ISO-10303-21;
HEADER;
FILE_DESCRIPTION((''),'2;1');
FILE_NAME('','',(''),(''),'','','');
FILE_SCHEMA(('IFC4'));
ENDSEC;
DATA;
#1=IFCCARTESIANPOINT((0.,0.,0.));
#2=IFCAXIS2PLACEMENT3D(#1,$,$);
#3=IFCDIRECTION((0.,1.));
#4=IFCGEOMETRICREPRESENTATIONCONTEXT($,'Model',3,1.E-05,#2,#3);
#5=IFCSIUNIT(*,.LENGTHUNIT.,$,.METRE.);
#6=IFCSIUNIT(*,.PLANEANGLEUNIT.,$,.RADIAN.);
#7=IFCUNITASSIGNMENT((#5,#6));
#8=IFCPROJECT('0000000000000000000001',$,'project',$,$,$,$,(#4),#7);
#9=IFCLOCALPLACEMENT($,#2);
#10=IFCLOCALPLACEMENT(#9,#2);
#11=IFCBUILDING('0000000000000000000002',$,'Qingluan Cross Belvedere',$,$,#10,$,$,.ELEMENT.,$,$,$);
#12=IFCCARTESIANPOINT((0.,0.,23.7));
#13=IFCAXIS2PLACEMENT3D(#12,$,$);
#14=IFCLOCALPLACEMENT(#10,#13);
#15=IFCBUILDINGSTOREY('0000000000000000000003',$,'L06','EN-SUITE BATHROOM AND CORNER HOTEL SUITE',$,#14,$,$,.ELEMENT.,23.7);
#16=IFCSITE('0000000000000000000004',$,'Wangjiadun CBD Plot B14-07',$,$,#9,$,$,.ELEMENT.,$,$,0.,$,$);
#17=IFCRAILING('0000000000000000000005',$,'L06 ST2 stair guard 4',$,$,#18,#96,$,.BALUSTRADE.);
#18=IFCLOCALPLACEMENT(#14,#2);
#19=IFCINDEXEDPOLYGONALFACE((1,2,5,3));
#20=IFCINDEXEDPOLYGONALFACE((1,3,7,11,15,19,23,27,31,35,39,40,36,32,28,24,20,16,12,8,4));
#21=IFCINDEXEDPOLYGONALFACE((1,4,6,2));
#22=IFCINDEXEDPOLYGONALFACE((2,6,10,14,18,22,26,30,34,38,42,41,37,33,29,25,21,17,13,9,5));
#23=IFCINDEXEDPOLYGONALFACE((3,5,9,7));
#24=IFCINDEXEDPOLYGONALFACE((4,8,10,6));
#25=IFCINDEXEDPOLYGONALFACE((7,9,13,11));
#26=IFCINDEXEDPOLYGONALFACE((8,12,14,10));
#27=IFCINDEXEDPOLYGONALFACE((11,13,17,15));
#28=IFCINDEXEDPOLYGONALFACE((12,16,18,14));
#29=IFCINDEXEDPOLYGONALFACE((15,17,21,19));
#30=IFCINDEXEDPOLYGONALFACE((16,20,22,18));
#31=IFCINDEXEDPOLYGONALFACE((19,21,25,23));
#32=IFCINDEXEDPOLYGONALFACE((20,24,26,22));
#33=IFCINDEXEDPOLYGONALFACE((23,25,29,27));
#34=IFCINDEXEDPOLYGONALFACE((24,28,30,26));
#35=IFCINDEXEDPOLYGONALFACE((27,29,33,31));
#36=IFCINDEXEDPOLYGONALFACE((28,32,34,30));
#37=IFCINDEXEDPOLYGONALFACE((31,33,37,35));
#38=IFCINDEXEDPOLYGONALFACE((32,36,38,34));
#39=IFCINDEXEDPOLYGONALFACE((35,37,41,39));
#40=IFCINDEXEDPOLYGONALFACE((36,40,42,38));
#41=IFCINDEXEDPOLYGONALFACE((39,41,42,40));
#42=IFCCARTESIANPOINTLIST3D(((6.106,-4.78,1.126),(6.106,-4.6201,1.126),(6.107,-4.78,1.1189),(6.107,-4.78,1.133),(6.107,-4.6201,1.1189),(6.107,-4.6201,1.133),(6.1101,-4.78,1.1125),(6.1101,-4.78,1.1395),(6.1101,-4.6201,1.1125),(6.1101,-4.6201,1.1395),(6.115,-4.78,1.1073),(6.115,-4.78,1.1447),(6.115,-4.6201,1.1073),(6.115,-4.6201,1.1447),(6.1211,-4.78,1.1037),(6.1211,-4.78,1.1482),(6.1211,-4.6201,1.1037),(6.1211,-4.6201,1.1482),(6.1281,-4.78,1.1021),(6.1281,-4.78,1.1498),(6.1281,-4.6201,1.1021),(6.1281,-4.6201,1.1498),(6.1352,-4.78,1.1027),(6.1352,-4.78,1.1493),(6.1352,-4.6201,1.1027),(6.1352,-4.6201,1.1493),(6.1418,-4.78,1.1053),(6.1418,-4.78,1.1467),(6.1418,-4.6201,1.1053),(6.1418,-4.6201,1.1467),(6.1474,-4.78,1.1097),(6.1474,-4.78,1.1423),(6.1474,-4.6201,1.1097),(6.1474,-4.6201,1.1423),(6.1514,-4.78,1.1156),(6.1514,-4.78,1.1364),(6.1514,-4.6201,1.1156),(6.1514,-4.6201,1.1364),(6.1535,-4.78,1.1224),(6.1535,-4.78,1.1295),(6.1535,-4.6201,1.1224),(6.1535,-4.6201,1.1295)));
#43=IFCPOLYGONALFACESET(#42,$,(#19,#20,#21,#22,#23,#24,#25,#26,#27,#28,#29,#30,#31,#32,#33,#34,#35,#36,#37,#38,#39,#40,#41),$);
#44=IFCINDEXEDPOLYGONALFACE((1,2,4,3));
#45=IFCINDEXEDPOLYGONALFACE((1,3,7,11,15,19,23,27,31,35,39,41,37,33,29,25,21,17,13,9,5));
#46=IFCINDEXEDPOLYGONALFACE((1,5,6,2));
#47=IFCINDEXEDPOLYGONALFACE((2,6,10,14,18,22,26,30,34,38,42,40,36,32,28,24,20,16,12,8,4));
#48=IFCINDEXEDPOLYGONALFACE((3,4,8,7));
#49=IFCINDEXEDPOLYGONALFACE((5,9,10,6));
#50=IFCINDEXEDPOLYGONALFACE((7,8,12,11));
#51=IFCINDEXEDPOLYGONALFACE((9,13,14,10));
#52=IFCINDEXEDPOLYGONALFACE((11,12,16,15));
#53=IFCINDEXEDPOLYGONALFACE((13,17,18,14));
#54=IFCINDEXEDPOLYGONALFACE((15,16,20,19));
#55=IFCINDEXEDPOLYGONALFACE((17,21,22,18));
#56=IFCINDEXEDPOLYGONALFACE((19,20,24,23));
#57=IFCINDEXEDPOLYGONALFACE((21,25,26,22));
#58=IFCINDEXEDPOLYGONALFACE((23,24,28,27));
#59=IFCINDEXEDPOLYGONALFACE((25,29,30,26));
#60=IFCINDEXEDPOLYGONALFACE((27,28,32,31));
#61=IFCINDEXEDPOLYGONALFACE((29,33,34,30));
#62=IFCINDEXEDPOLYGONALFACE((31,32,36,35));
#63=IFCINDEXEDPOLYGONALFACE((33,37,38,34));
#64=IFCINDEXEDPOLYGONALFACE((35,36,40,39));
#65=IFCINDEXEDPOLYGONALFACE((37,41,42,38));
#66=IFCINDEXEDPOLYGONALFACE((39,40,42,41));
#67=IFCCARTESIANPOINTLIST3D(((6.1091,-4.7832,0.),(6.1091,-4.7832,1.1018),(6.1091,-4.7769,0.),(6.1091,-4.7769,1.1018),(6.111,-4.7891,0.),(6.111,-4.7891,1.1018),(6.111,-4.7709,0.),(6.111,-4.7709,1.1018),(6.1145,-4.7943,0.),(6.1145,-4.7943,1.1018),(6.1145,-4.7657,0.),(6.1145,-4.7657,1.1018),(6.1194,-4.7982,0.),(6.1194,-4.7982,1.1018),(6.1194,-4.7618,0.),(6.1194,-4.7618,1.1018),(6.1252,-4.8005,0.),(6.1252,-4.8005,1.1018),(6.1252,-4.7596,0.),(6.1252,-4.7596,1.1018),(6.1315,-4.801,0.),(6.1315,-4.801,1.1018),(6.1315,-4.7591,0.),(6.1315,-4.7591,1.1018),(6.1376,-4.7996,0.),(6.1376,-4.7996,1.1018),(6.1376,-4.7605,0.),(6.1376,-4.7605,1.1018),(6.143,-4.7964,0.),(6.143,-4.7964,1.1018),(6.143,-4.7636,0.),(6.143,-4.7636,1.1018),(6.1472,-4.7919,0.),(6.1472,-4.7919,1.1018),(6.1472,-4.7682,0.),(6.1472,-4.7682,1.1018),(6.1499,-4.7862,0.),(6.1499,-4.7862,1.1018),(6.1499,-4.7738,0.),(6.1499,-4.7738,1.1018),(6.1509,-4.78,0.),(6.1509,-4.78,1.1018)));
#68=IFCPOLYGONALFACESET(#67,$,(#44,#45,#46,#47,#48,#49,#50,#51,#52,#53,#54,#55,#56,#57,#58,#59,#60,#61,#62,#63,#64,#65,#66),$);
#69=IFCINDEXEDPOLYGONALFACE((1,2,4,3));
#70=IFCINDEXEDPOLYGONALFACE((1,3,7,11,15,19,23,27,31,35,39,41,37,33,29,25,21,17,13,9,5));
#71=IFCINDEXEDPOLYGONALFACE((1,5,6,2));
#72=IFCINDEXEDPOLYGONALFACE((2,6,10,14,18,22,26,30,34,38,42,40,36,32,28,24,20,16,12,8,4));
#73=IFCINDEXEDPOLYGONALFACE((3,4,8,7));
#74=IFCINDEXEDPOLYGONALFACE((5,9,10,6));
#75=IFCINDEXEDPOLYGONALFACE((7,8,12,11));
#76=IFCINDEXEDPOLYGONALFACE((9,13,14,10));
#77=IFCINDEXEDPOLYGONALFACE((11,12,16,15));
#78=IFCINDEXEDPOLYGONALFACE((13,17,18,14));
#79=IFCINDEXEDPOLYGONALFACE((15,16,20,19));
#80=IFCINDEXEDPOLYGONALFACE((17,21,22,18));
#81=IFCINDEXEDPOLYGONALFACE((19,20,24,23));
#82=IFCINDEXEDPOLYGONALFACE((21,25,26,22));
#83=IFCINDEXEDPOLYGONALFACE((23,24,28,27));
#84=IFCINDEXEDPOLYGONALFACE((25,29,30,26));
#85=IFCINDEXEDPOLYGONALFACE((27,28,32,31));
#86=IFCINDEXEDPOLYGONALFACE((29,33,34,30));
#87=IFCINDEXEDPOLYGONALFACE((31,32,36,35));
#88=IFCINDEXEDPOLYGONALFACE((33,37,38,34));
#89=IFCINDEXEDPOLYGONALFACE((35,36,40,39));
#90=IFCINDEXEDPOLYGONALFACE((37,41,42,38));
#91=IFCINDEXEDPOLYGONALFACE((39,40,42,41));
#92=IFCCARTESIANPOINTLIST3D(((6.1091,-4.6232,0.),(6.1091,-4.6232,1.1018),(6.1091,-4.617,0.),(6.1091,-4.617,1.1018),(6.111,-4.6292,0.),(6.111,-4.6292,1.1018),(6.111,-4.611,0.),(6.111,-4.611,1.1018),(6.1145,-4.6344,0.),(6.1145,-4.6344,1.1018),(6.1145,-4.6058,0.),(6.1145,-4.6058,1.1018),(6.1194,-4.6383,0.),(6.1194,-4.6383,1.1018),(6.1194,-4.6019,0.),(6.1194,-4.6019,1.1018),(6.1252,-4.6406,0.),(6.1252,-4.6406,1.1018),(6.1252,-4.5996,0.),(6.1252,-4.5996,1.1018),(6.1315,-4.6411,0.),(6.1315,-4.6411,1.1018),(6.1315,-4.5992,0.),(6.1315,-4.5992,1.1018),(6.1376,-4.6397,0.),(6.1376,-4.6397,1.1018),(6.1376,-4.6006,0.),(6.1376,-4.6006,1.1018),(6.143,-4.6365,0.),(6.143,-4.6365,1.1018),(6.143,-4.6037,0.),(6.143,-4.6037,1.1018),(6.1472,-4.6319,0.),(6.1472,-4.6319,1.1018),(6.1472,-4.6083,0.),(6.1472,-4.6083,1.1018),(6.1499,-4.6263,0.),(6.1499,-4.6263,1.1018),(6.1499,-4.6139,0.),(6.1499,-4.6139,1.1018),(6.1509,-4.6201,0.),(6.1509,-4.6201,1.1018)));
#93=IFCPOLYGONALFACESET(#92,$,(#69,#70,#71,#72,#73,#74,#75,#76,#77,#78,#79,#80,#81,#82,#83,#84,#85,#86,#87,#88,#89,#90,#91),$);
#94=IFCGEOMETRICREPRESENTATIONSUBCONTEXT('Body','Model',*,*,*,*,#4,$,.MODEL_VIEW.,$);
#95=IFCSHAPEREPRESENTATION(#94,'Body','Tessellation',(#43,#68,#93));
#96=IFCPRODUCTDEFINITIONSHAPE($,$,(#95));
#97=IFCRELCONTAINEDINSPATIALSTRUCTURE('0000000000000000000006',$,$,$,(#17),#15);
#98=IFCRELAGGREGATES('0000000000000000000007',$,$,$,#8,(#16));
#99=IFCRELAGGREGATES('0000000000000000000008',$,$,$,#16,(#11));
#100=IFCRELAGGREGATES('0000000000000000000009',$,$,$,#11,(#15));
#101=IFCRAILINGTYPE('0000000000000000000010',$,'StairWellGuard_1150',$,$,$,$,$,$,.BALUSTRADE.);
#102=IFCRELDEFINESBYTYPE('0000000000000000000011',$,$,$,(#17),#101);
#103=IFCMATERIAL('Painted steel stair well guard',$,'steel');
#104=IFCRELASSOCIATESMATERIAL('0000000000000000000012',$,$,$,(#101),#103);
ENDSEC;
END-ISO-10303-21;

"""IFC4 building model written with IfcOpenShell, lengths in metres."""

from ifc_helpers import new_model, si_unit, direction, frame, origin, origin_2d, place, context, subcontext, project, spatial, circle, extrude, material, type_object, element, save


model = new_model("IFC4")

# Units and contexts
model_context = context("Model", 3, precision=1e-05, world=origin(), true_north=direction((0.0, 1.0)))
body_context = subcontext(model_context, "Body", "Model", "MODEL_VIEW")
ifc_project = project(units=[si_unit("LENGTHUNIT", "METRE"), si_unit("PLANEANGLEUNIT", "RADIAN")], contexts=[model_context])

# Site, building, storey
site_placement = place(None, origin())
site = spatial("IfcSite", under=ifc_project, at=site_placement, Name="Wangjiadun CBD Plot B14-07", CompositionType="ELEMENT", RefElevation=0.0)
building_placement = place(site_placement, origin())
building = spatial("IfcBuilding", under=site, at=building_placement, Name="Qingluan Cross Belvedere", CompositionType="ELEMENT")
storey_placement = place(building_placement, frame((0.0, 0.0, 23.7)))
storey = spatial("IfcBuildingStorey", under=building, at=storey_placement, Name="L06", Description="EN-SUITE BATHROOM AND CORNER HOTEL SUITE", CompositionType="ELEMENT", Elevation=23.7)

# Railing
ifc_material_1 = material(Name="Painted steel stair well guard", Category="steel")
railing_type_1 = type_object("IfcRailingType", Name="StairWellGuard_1150", PredefinedType="BALUSTRADE", material=ifc_material_1)
railing_1_placement = place(storey_placement, frame((6.1299, -4.78, 0.0)))
element("IfcRailing", 1, at=railing_1_placement, inside=storey, type_object=railing_type_1, Name="L06 ST2 stair guard 4", PredefinedType="BALUSTRADE", context=body_context, shape_type="SweptSolid", body=[
    extrude(circle(Radius=0.0239, at=origin_2d()), frame((0.0, 0.0, 1.126), z_axis=(0.0, 1.0, 0.0), x_axis=(-1.0, 0.0, 0.0)), (0.0, 0.0, 1.0), 0.1599),
    extrude(circle(Radius=0.021, at=origin_2d()), origin(), (0.0, 0.0, 1.0), 1.1018),
    extrude(circle(Radius=0.021, at=origin_2d()), frame((0.0, 0.1599, 0.0)), (0.0, 0.0, 1.0), 1.1018),
])

save(model, "model.ifc")
